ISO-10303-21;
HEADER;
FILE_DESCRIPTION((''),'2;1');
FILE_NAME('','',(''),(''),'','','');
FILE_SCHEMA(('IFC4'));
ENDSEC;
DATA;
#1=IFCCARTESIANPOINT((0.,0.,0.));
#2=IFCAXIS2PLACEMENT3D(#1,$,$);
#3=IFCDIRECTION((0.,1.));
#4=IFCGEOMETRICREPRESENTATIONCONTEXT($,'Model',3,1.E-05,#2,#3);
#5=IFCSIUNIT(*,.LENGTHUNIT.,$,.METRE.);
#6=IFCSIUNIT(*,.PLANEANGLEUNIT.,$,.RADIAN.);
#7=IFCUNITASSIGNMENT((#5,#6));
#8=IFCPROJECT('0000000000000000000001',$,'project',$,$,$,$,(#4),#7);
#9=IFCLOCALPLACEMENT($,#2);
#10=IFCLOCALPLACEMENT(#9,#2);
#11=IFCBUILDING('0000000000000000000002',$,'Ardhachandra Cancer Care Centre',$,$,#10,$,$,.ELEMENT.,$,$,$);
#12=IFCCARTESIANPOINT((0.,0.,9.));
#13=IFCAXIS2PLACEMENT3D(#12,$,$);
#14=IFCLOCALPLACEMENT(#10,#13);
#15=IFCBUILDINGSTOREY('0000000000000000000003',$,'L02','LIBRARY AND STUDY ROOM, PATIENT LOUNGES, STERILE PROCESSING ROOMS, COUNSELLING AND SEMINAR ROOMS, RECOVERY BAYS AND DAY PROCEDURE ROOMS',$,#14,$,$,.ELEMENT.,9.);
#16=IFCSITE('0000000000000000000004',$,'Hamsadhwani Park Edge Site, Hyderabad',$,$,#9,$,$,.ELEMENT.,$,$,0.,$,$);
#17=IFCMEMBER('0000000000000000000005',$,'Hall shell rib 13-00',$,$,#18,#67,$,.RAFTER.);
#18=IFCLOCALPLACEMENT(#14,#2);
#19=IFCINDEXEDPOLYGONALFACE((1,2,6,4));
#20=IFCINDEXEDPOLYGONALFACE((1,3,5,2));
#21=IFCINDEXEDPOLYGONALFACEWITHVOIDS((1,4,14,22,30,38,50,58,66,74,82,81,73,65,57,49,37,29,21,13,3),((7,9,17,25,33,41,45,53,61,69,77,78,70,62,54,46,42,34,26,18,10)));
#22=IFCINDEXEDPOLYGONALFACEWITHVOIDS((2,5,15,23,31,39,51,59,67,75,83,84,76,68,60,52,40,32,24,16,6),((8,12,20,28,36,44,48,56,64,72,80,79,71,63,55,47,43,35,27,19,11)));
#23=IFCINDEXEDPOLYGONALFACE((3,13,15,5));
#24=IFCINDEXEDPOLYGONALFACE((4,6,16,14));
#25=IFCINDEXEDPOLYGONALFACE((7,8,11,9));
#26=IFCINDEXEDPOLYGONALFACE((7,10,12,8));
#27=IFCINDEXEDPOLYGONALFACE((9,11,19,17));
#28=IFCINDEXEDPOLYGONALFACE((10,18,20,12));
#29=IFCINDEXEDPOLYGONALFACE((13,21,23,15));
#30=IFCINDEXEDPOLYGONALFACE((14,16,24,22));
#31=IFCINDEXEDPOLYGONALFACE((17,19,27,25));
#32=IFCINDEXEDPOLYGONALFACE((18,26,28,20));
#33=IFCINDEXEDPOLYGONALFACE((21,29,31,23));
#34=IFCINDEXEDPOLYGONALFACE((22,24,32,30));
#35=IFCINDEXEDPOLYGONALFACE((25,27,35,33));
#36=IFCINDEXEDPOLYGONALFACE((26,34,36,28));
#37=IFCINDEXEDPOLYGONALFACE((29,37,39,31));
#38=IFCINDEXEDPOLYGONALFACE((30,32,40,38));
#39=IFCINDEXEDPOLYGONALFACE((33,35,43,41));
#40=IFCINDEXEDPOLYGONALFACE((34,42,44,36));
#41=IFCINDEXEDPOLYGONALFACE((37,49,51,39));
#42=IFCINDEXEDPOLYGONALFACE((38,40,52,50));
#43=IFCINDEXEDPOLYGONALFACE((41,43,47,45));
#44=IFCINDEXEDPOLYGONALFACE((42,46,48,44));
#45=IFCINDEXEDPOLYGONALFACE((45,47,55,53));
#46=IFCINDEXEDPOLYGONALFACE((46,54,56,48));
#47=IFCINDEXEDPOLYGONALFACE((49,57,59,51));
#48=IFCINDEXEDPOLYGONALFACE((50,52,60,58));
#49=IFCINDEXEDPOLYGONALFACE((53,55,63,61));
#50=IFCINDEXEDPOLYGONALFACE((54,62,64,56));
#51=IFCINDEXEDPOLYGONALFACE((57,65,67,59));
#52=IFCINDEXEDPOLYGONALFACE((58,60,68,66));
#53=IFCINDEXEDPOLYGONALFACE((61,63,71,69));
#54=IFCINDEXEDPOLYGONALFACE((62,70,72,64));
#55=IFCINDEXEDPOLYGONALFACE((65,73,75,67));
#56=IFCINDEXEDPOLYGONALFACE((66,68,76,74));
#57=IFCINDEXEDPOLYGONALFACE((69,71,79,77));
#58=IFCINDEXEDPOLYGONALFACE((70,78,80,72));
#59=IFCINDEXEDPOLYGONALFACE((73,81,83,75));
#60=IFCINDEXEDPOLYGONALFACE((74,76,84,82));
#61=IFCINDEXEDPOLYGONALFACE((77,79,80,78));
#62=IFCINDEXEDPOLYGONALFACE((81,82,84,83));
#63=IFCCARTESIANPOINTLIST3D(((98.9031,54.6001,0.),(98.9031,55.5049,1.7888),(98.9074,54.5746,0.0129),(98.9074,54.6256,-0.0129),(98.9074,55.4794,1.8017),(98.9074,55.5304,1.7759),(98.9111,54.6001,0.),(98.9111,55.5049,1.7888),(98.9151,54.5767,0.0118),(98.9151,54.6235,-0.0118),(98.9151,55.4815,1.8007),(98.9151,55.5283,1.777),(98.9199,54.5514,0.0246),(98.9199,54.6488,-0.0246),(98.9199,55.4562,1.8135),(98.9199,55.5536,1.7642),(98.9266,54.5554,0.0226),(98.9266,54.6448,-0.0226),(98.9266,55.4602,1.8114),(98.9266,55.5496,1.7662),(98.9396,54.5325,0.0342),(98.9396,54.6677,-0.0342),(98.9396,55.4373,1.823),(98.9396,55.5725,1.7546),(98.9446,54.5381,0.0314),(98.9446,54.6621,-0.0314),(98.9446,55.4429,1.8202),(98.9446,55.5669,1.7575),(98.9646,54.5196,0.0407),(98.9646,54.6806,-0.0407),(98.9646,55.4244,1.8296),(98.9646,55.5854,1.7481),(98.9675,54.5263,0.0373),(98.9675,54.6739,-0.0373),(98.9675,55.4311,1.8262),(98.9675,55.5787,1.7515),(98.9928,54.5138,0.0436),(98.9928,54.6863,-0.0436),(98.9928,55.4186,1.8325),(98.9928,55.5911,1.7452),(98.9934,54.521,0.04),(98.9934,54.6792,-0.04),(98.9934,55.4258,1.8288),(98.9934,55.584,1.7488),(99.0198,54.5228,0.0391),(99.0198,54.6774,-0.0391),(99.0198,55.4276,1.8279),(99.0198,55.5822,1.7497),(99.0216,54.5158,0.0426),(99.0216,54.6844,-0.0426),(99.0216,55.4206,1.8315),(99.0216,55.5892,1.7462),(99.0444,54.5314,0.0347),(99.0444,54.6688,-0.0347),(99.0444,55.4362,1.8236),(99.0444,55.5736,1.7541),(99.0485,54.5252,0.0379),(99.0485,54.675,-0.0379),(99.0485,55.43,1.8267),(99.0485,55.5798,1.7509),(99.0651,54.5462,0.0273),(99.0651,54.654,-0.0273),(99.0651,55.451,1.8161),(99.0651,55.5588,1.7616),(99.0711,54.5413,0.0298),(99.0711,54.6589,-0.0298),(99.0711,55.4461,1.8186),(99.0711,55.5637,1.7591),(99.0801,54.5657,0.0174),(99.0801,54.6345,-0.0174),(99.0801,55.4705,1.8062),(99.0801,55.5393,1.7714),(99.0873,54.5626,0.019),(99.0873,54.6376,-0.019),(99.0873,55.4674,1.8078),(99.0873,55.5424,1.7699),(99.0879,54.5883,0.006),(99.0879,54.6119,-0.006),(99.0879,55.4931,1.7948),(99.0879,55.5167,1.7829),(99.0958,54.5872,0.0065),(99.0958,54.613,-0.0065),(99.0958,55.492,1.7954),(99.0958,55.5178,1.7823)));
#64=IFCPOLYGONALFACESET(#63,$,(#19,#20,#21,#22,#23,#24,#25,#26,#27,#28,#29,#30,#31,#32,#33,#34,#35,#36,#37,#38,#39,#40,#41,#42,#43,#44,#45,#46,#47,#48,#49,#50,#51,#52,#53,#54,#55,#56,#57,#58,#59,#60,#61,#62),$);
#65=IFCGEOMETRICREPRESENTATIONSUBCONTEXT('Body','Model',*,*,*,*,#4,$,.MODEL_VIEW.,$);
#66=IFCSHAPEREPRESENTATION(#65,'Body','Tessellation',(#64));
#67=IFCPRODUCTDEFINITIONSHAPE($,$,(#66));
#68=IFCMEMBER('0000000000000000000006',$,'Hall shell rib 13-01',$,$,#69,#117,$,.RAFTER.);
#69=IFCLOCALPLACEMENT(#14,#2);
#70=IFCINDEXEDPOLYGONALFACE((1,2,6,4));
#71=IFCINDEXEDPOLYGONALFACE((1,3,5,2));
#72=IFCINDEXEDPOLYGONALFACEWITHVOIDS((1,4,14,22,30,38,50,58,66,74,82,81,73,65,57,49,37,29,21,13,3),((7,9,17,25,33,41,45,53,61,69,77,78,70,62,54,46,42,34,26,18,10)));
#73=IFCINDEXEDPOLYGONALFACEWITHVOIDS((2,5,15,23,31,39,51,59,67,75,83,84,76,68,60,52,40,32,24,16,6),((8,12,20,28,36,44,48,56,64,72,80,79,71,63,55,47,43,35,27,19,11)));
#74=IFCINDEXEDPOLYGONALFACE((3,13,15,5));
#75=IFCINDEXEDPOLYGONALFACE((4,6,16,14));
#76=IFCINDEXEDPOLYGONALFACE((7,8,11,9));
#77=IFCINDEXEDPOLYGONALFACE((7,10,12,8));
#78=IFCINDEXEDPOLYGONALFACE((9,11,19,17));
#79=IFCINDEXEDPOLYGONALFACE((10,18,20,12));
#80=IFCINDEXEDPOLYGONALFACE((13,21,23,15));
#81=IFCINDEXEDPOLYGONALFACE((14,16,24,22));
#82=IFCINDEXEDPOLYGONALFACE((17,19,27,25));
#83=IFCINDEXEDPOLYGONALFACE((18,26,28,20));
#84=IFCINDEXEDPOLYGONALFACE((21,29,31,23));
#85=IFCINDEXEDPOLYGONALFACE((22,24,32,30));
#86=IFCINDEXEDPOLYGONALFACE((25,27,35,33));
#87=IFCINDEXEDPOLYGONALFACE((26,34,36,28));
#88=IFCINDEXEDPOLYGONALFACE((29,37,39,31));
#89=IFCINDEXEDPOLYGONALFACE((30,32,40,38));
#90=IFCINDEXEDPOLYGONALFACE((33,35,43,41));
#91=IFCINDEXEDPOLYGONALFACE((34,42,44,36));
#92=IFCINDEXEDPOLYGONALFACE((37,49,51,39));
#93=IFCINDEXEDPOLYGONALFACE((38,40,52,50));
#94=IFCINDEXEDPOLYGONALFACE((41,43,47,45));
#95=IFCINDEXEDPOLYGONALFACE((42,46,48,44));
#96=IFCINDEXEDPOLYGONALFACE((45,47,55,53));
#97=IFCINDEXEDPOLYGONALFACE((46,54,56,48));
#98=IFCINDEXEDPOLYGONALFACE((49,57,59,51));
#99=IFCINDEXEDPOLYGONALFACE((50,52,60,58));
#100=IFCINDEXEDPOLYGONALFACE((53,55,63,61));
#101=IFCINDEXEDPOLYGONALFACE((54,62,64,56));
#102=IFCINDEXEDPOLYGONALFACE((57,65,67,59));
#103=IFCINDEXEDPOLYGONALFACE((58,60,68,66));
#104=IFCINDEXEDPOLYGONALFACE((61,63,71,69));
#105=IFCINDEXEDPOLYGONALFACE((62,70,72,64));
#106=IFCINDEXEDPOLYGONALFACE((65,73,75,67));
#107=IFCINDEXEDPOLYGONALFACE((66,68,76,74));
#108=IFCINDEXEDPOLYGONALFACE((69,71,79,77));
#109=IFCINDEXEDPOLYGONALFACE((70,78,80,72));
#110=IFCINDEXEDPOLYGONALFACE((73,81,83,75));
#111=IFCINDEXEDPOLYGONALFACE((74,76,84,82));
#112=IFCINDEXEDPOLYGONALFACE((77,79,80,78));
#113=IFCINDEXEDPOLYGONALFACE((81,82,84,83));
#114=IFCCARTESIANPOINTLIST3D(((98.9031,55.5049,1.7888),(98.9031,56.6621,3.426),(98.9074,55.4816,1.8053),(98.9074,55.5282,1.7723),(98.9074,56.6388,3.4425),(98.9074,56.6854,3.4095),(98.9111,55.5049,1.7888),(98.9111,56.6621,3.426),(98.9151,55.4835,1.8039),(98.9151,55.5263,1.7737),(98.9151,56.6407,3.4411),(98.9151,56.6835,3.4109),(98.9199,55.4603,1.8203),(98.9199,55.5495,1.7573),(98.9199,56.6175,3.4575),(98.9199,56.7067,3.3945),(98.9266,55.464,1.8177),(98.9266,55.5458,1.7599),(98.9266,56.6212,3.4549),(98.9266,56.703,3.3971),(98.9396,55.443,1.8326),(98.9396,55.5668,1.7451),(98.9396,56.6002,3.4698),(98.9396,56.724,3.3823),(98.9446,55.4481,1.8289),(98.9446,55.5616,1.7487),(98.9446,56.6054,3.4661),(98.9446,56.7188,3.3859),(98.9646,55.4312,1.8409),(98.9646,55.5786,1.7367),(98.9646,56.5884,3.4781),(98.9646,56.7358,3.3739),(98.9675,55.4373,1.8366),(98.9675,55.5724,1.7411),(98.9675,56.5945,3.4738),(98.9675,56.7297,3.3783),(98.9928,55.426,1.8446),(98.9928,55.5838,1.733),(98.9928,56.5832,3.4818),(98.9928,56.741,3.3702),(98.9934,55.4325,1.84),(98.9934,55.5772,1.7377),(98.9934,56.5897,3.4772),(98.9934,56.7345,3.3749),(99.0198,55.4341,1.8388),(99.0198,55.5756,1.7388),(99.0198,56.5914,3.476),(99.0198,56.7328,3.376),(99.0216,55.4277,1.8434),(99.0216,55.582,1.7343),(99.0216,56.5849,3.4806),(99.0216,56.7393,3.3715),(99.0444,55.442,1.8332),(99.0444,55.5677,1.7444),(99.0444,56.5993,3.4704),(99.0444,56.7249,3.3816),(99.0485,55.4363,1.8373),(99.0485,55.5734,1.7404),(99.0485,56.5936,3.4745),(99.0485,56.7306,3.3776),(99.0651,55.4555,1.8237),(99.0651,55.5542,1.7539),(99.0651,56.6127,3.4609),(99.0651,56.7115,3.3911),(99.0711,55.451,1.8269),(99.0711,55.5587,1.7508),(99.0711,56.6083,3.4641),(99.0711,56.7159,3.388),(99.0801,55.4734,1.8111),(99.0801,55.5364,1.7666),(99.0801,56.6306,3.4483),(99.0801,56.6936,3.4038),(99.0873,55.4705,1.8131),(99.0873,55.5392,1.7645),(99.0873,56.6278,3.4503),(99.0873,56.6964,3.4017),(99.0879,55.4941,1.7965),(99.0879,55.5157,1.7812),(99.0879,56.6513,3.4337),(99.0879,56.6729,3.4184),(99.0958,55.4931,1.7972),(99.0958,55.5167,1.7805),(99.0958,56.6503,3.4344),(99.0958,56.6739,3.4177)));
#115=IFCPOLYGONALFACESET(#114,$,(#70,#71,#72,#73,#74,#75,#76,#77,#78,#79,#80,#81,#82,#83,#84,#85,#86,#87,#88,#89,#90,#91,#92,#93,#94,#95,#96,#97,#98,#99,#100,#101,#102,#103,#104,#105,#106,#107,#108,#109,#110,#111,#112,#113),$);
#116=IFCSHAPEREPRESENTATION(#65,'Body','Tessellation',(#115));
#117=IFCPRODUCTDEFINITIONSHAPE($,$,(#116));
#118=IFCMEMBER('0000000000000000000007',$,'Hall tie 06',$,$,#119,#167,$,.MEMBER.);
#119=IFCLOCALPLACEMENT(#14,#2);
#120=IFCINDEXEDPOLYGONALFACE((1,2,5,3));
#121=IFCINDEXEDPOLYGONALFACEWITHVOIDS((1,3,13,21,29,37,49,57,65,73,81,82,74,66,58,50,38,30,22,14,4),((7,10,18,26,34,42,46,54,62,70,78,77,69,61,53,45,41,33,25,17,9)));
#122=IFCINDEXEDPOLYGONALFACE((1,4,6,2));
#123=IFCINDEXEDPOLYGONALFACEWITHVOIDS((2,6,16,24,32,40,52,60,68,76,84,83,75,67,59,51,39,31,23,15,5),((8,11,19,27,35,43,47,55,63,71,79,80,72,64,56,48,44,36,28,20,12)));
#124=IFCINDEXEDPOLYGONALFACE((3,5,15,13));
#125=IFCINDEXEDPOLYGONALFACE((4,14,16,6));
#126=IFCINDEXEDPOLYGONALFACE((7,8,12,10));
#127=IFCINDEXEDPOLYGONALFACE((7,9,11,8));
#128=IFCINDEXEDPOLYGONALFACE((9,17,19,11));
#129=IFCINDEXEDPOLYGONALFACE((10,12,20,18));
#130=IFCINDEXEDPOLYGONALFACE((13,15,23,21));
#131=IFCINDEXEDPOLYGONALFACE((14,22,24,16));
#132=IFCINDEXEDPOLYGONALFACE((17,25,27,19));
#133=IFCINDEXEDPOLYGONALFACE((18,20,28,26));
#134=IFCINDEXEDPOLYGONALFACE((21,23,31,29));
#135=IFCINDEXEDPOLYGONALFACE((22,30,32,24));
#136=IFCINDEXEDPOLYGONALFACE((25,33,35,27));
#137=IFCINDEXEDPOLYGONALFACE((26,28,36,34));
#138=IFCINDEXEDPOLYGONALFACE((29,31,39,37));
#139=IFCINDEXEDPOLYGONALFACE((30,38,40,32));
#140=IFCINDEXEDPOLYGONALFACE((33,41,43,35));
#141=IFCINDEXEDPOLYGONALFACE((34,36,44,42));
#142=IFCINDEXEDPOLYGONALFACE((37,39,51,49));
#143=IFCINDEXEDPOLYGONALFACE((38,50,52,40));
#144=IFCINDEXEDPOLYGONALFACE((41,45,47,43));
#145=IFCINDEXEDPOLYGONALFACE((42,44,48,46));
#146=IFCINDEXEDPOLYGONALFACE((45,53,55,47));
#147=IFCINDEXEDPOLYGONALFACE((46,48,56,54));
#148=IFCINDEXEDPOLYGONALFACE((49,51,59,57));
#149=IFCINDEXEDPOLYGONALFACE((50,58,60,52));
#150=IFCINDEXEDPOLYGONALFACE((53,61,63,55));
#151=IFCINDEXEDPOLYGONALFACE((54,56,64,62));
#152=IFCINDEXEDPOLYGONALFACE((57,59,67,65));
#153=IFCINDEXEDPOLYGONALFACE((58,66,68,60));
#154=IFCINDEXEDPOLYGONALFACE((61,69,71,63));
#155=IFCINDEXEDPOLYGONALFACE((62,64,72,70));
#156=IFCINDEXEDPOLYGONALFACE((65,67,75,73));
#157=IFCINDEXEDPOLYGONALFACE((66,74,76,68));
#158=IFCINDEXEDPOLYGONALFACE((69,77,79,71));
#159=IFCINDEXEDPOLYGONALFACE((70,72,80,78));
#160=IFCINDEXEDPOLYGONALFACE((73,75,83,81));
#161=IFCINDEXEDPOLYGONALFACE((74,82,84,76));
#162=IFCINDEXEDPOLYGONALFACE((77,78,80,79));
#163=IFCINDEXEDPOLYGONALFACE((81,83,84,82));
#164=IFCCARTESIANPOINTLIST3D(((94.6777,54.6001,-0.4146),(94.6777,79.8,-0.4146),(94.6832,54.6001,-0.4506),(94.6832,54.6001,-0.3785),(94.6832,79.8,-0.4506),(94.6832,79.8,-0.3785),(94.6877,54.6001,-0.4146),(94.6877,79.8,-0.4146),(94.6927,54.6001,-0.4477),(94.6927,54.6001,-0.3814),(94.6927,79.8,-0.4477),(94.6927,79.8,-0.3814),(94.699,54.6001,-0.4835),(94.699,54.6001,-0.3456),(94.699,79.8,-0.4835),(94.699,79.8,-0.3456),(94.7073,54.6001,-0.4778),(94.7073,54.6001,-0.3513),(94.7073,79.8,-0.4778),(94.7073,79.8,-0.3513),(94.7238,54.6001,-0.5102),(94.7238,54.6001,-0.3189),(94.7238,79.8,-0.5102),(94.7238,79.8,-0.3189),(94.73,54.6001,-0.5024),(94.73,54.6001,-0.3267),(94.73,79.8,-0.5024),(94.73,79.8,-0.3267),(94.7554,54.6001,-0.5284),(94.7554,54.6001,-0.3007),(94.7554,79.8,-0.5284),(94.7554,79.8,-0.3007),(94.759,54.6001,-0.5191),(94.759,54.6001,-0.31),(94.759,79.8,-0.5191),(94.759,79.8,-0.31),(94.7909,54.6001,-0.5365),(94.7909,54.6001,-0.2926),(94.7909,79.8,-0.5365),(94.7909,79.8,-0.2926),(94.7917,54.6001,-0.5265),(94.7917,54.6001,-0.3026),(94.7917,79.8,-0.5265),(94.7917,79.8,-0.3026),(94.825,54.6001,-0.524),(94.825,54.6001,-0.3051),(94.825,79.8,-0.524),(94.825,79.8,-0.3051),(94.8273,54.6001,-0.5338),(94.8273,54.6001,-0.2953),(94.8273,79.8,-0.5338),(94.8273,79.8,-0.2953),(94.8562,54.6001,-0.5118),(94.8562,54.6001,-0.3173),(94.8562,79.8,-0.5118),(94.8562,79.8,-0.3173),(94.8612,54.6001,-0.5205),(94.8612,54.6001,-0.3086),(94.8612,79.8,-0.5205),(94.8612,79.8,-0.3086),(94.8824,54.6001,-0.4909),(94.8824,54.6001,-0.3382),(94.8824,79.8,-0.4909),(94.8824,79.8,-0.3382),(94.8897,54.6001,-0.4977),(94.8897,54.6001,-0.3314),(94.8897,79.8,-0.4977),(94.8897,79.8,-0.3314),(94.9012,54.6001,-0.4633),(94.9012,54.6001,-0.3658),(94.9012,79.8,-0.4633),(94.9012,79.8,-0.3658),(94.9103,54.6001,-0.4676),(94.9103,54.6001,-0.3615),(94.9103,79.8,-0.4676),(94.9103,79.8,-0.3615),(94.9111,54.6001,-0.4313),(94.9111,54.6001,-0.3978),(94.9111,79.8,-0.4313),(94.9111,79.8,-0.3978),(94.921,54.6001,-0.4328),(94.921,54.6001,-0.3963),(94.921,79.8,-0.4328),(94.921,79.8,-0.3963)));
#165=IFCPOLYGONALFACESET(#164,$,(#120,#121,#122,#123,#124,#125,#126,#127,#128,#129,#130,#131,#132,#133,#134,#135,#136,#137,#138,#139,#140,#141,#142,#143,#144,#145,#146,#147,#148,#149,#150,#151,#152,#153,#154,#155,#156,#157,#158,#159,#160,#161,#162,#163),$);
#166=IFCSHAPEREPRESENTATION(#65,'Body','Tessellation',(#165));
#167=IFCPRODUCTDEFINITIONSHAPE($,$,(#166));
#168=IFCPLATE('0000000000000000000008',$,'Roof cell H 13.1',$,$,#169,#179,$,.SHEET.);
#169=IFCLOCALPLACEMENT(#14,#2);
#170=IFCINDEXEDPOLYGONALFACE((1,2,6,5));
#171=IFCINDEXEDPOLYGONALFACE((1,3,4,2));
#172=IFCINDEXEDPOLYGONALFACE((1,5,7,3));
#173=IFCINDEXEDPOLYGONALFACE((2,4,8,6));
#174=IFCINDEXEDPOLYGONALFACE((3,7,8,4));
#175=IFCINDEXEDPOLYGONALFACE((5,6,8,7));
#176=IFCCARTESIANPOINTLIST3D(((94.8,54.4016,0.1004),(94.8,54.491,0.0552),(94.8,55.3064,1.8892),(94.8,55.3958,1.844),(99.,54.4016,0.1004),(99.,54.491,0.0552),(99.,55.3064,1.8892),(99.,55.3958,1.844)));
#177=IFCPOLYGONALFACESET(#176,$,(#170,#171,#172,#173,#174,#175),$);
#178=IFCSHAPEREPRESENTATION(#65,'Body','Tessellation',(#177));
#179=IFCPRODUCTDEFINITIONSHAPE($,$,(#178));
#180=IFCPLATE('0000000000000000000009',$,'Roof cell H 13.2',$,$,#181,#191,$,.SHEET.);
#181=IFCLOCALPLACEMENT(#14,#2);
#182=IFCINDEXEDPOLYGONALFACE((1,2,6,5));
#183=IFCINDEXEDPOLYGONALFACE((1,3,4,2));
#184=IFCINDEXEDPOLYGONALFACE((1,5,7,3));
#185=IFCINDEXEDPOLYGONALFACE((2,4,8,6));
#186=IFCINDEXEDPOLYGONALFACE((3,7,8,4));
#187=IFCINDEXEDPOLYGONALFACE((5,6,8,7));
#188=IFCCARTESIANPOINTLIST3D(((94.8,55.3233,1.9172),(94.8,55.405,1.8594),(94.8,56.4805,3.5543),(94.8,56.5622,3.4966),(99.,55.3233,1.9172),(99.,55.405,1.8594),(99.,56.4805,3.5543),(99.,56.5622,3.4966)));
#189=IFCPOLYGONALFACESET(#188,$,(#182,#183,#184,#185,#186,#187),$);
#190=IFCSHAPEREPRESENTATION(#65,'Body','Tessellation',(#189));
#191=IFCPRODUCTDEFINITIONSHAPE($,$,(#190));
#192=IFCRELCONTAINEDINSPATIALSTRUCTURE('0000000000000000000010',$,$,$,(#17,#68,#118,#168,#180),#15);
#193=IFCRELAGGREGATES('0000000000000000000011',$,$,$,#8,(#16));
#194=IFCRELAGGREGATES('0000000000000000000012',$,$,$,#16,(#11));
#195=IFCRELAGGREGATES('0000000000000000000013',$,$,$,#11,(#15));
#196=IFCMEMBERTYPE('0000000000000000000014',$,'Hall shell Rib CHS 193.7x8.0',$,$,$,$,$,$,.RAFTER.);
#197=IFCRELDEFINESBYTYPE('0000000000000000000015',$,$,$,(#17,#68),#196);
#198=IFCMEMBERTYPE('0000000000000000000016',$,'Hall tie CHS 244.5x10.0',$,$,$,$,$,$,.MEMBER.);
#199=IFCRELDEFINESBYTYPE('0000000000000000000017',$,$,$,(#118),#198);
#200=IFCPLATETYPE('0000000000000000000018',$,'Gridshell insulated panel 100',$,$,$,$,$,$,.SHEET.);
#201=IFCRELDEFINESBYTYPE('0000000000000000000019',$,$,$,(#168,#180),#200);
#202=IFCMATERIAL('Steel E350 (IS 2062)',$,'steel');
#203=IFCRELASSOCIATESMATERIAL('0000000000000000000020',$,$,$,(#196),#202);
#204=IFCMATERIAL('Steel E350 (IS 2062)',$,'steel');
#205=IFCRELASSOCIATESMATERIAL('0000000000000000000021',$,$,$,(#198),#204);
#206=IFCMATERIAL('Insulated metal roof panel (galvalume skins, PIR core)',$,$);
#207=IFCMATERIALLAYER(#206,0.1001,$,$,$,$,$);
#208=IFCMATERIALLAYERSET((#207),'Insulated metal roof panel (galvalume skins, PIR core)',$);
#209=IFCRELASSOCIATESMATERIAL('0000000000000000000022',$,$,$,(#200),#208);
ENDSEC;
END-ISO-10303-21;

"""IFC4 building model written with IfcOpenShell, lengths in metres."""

from ifc_helpers import new_model, si_unit, direction, frame, origin, origin_2d, place, context, subcontext, project, spatial, polyline, hollow_circle, outline, extrude, material, layer, layer_set, material_profile, profile_set, type_object, element, save


model = new_model("IFC4")

# Units and contexts
model_context = context("Model", 3, precision=1e-05, world=origin(), true_north=direction((0.0, 1.0)))
body_context = subcontext(model_context, "Body", "Model", "MODEL_VIEW")
ifc_project = project(units=[si_unit("LENGTHUNIT", "METRE"), si_unit("PLANEANGLEUNIT", "RADIAN")], contexts=[model_context])

# Site, building, storey
site_placement = place(None, origin())
site = spatial("IfcSite", under=ifc_project, at=site_placement, Name="Hamsadhwani Park Edge Site, Hyderabad", CompositionType="ELEMENT", RefElevation=0.0)
building_placement = place(site_placement, origin())
building = spatial("IfcBuilding", under=site, at=building_placement, Name="Ardhachandra Cancer Care Centre", CompositionType="ELEMENT")
storey_placement = place(building_placement, frame((0.0, 0.0, 9.0)))
storey = spatial("IfcBuildingStorey", under=building, at=storey_placement, Name="L02", Description="LIBRARY AND STUDY ROOM, PATIENT LOUNGES, STERILE PROCESSING ROOMS, COUNSELLING AND SEMINAR ROOMS, RECOVERY BAYS AND DAY PROCEDURE ROOMS", CompositionType="ELEMENT", Elevation=9.0)

# Members
ifc_material_1 = material(Name="Steel E350 (IS 2062)", Category="steel")
ifc_material_profile_1 = material_profile(ifc_material_1, hollow_circle(Radius=0.0969, WallThickness=0.0081, at=origin_2d()), Name="CHS 193.7x8.0")
ifc_profile_set_1 = profile_set([ifc_material_profile_1], Name="Steel E350 (IS 2062)")
member_type_1 = type_object("IfcMemberType", Name="Hall shell Rib CHS 193.7x8.0", PredefinedType="RAFTER", material=ifc_profile_set_1)
member_1_placement = place(storey_placement, frame((99.0, 54.6001, 0.0), z_axis=(0.0, 0.45135, 0.892347), x_axis=(-1.0, 0.0, 0.0)))
element("IfcMember", 1, at=member_1_placement, inside=storey, type_object=member_type_1, Name="Hall shell rib 13-00", PredefinedType="RAFTER", context=body_context, shape_type="SweptSolid", body=[
    extrude(hollow_circle(Radius=0.0969, WallThickness=0.0081, at=origin_2d()), origin(), (0.0, 0.0, 1.0), 2.0046),
])
member_2_placement = place(storey_placement, frame((99.0, 55.5049, 1.7888), z_axis=(0.0, 0.577199, 0.816603), x_axis=(-1.0, 0.0, 0.0)))
element("IfcMember", 2, at=member_2_placement, inside=storey, type_object=member_type_1, Name="Hall shell rib 13-01", PredefinedType="RAFTER", context=body_context, shape_type="SweptSolid", body=[
    extrude(hollow_circle(Radius=0.0969, WallThickness=0.0081, at=origin_2d()), origin(), (0.0, 0.0, 1.0), 2.0049),
])
ifc_material_2 = material(Name="Steel E350 (IS 2062)", Category="steel")
ifc_material_profile_2 = material_profile(ifc_material_2, hollow_circle(Radius=0.1223, WallThickness=0.01, at=origin_2d()), Name="CHS 244.5x10.0")
ifc_profile_set_2 = profile_set([ifc_material_profile_2], Name="Steel E350 (IS 2062)")
member_type_2 = type_object("IfcMemberType", Name="Hall tie CHS 244.5x10.0", PredefinedType="MEMBER", material=ifc_profile_set_2)
member_3_placement = place(storey_placement, frame((94.8, 54.6001, -0.4146), z_axis=(0.0, 1.0, 0.0), x_axis=(-1.0, 0.0, 0.0)))
element("IfcMember", 3, at=member_3_placement, inside=storey, type_object=member_type_2, Name="Hall tie 06", PredefinedType="MEMBER", context=body_context, shape_type="SweptSolid", body=[
    extrude(hollow_circle(Radius=0.1223, WallThickness=0.01, at=origin_2d()), origin(), (0.0, 0.0, 1.0), 25.2),
])

# Plates
ifc_material_3 = material(Name="Insulated metal roof panel (galvalume skins, PIR core)")
ifc_layer = layer(ifc_material_3, 0.1001)
ifc_layer_set = layer_set([ifc_layer], Name="Insulated metal roof panel (galvalume skins, PIR core)")
plate_type = type_object("IfcPlateType", Name="Gridshell insulated panel 100", PredefinedType="SHEET", material=ifc_layer_set)
plate_1_placement = place(storey_placement, frame((94.8, 54.491, 0.0552), z_axis=(0.0, -0.892347, 0.45135), x_axis=(1.0, 0.0, 0.0)))
element("IfcPlate", 4, at=plate_1_placement, inside=storey, type_object=plate_type, Name="Roof cell H 13.1", PredefinedType="SHEET", context=body_context, shape_type="SweptSolid", body=[
    extrude(outline(polyline([(0.0, 0.0), (4.2, 0.0), (4.2, 2.0046), (0.0, 2.0046), (0.0, 0.0)])), origin(), (0.0, 0.0, 1.0), 0.1001),
])
for number, where, z_axis, x_axis, name in (
    (5, (94.8, 55.405, 1.8594), (0.0, -0.816603, 0.577199), (1.0, 0.0, 0.0), "Roof cell H 13.2"),
):
    element("IfcPlate", number, at=place(storey_placement, frame(where, z_axis=z_axis, x_axis=x_axis)), inside=storey, type_object=plate_type, Name=name, PredefinedType="SHEET", context=body_context, shape_type="SweptSolid", body=[
        extrude(outline(polyline([(0.0, 0.0), (4.2, 0.0), (4.2, 2.0049), (0.0, 2.0049), (0.0, 0.0)])), origin(), (0.0, 0.0, 1.0), 0.1001),
    ])

save(model, "model.ifc")
